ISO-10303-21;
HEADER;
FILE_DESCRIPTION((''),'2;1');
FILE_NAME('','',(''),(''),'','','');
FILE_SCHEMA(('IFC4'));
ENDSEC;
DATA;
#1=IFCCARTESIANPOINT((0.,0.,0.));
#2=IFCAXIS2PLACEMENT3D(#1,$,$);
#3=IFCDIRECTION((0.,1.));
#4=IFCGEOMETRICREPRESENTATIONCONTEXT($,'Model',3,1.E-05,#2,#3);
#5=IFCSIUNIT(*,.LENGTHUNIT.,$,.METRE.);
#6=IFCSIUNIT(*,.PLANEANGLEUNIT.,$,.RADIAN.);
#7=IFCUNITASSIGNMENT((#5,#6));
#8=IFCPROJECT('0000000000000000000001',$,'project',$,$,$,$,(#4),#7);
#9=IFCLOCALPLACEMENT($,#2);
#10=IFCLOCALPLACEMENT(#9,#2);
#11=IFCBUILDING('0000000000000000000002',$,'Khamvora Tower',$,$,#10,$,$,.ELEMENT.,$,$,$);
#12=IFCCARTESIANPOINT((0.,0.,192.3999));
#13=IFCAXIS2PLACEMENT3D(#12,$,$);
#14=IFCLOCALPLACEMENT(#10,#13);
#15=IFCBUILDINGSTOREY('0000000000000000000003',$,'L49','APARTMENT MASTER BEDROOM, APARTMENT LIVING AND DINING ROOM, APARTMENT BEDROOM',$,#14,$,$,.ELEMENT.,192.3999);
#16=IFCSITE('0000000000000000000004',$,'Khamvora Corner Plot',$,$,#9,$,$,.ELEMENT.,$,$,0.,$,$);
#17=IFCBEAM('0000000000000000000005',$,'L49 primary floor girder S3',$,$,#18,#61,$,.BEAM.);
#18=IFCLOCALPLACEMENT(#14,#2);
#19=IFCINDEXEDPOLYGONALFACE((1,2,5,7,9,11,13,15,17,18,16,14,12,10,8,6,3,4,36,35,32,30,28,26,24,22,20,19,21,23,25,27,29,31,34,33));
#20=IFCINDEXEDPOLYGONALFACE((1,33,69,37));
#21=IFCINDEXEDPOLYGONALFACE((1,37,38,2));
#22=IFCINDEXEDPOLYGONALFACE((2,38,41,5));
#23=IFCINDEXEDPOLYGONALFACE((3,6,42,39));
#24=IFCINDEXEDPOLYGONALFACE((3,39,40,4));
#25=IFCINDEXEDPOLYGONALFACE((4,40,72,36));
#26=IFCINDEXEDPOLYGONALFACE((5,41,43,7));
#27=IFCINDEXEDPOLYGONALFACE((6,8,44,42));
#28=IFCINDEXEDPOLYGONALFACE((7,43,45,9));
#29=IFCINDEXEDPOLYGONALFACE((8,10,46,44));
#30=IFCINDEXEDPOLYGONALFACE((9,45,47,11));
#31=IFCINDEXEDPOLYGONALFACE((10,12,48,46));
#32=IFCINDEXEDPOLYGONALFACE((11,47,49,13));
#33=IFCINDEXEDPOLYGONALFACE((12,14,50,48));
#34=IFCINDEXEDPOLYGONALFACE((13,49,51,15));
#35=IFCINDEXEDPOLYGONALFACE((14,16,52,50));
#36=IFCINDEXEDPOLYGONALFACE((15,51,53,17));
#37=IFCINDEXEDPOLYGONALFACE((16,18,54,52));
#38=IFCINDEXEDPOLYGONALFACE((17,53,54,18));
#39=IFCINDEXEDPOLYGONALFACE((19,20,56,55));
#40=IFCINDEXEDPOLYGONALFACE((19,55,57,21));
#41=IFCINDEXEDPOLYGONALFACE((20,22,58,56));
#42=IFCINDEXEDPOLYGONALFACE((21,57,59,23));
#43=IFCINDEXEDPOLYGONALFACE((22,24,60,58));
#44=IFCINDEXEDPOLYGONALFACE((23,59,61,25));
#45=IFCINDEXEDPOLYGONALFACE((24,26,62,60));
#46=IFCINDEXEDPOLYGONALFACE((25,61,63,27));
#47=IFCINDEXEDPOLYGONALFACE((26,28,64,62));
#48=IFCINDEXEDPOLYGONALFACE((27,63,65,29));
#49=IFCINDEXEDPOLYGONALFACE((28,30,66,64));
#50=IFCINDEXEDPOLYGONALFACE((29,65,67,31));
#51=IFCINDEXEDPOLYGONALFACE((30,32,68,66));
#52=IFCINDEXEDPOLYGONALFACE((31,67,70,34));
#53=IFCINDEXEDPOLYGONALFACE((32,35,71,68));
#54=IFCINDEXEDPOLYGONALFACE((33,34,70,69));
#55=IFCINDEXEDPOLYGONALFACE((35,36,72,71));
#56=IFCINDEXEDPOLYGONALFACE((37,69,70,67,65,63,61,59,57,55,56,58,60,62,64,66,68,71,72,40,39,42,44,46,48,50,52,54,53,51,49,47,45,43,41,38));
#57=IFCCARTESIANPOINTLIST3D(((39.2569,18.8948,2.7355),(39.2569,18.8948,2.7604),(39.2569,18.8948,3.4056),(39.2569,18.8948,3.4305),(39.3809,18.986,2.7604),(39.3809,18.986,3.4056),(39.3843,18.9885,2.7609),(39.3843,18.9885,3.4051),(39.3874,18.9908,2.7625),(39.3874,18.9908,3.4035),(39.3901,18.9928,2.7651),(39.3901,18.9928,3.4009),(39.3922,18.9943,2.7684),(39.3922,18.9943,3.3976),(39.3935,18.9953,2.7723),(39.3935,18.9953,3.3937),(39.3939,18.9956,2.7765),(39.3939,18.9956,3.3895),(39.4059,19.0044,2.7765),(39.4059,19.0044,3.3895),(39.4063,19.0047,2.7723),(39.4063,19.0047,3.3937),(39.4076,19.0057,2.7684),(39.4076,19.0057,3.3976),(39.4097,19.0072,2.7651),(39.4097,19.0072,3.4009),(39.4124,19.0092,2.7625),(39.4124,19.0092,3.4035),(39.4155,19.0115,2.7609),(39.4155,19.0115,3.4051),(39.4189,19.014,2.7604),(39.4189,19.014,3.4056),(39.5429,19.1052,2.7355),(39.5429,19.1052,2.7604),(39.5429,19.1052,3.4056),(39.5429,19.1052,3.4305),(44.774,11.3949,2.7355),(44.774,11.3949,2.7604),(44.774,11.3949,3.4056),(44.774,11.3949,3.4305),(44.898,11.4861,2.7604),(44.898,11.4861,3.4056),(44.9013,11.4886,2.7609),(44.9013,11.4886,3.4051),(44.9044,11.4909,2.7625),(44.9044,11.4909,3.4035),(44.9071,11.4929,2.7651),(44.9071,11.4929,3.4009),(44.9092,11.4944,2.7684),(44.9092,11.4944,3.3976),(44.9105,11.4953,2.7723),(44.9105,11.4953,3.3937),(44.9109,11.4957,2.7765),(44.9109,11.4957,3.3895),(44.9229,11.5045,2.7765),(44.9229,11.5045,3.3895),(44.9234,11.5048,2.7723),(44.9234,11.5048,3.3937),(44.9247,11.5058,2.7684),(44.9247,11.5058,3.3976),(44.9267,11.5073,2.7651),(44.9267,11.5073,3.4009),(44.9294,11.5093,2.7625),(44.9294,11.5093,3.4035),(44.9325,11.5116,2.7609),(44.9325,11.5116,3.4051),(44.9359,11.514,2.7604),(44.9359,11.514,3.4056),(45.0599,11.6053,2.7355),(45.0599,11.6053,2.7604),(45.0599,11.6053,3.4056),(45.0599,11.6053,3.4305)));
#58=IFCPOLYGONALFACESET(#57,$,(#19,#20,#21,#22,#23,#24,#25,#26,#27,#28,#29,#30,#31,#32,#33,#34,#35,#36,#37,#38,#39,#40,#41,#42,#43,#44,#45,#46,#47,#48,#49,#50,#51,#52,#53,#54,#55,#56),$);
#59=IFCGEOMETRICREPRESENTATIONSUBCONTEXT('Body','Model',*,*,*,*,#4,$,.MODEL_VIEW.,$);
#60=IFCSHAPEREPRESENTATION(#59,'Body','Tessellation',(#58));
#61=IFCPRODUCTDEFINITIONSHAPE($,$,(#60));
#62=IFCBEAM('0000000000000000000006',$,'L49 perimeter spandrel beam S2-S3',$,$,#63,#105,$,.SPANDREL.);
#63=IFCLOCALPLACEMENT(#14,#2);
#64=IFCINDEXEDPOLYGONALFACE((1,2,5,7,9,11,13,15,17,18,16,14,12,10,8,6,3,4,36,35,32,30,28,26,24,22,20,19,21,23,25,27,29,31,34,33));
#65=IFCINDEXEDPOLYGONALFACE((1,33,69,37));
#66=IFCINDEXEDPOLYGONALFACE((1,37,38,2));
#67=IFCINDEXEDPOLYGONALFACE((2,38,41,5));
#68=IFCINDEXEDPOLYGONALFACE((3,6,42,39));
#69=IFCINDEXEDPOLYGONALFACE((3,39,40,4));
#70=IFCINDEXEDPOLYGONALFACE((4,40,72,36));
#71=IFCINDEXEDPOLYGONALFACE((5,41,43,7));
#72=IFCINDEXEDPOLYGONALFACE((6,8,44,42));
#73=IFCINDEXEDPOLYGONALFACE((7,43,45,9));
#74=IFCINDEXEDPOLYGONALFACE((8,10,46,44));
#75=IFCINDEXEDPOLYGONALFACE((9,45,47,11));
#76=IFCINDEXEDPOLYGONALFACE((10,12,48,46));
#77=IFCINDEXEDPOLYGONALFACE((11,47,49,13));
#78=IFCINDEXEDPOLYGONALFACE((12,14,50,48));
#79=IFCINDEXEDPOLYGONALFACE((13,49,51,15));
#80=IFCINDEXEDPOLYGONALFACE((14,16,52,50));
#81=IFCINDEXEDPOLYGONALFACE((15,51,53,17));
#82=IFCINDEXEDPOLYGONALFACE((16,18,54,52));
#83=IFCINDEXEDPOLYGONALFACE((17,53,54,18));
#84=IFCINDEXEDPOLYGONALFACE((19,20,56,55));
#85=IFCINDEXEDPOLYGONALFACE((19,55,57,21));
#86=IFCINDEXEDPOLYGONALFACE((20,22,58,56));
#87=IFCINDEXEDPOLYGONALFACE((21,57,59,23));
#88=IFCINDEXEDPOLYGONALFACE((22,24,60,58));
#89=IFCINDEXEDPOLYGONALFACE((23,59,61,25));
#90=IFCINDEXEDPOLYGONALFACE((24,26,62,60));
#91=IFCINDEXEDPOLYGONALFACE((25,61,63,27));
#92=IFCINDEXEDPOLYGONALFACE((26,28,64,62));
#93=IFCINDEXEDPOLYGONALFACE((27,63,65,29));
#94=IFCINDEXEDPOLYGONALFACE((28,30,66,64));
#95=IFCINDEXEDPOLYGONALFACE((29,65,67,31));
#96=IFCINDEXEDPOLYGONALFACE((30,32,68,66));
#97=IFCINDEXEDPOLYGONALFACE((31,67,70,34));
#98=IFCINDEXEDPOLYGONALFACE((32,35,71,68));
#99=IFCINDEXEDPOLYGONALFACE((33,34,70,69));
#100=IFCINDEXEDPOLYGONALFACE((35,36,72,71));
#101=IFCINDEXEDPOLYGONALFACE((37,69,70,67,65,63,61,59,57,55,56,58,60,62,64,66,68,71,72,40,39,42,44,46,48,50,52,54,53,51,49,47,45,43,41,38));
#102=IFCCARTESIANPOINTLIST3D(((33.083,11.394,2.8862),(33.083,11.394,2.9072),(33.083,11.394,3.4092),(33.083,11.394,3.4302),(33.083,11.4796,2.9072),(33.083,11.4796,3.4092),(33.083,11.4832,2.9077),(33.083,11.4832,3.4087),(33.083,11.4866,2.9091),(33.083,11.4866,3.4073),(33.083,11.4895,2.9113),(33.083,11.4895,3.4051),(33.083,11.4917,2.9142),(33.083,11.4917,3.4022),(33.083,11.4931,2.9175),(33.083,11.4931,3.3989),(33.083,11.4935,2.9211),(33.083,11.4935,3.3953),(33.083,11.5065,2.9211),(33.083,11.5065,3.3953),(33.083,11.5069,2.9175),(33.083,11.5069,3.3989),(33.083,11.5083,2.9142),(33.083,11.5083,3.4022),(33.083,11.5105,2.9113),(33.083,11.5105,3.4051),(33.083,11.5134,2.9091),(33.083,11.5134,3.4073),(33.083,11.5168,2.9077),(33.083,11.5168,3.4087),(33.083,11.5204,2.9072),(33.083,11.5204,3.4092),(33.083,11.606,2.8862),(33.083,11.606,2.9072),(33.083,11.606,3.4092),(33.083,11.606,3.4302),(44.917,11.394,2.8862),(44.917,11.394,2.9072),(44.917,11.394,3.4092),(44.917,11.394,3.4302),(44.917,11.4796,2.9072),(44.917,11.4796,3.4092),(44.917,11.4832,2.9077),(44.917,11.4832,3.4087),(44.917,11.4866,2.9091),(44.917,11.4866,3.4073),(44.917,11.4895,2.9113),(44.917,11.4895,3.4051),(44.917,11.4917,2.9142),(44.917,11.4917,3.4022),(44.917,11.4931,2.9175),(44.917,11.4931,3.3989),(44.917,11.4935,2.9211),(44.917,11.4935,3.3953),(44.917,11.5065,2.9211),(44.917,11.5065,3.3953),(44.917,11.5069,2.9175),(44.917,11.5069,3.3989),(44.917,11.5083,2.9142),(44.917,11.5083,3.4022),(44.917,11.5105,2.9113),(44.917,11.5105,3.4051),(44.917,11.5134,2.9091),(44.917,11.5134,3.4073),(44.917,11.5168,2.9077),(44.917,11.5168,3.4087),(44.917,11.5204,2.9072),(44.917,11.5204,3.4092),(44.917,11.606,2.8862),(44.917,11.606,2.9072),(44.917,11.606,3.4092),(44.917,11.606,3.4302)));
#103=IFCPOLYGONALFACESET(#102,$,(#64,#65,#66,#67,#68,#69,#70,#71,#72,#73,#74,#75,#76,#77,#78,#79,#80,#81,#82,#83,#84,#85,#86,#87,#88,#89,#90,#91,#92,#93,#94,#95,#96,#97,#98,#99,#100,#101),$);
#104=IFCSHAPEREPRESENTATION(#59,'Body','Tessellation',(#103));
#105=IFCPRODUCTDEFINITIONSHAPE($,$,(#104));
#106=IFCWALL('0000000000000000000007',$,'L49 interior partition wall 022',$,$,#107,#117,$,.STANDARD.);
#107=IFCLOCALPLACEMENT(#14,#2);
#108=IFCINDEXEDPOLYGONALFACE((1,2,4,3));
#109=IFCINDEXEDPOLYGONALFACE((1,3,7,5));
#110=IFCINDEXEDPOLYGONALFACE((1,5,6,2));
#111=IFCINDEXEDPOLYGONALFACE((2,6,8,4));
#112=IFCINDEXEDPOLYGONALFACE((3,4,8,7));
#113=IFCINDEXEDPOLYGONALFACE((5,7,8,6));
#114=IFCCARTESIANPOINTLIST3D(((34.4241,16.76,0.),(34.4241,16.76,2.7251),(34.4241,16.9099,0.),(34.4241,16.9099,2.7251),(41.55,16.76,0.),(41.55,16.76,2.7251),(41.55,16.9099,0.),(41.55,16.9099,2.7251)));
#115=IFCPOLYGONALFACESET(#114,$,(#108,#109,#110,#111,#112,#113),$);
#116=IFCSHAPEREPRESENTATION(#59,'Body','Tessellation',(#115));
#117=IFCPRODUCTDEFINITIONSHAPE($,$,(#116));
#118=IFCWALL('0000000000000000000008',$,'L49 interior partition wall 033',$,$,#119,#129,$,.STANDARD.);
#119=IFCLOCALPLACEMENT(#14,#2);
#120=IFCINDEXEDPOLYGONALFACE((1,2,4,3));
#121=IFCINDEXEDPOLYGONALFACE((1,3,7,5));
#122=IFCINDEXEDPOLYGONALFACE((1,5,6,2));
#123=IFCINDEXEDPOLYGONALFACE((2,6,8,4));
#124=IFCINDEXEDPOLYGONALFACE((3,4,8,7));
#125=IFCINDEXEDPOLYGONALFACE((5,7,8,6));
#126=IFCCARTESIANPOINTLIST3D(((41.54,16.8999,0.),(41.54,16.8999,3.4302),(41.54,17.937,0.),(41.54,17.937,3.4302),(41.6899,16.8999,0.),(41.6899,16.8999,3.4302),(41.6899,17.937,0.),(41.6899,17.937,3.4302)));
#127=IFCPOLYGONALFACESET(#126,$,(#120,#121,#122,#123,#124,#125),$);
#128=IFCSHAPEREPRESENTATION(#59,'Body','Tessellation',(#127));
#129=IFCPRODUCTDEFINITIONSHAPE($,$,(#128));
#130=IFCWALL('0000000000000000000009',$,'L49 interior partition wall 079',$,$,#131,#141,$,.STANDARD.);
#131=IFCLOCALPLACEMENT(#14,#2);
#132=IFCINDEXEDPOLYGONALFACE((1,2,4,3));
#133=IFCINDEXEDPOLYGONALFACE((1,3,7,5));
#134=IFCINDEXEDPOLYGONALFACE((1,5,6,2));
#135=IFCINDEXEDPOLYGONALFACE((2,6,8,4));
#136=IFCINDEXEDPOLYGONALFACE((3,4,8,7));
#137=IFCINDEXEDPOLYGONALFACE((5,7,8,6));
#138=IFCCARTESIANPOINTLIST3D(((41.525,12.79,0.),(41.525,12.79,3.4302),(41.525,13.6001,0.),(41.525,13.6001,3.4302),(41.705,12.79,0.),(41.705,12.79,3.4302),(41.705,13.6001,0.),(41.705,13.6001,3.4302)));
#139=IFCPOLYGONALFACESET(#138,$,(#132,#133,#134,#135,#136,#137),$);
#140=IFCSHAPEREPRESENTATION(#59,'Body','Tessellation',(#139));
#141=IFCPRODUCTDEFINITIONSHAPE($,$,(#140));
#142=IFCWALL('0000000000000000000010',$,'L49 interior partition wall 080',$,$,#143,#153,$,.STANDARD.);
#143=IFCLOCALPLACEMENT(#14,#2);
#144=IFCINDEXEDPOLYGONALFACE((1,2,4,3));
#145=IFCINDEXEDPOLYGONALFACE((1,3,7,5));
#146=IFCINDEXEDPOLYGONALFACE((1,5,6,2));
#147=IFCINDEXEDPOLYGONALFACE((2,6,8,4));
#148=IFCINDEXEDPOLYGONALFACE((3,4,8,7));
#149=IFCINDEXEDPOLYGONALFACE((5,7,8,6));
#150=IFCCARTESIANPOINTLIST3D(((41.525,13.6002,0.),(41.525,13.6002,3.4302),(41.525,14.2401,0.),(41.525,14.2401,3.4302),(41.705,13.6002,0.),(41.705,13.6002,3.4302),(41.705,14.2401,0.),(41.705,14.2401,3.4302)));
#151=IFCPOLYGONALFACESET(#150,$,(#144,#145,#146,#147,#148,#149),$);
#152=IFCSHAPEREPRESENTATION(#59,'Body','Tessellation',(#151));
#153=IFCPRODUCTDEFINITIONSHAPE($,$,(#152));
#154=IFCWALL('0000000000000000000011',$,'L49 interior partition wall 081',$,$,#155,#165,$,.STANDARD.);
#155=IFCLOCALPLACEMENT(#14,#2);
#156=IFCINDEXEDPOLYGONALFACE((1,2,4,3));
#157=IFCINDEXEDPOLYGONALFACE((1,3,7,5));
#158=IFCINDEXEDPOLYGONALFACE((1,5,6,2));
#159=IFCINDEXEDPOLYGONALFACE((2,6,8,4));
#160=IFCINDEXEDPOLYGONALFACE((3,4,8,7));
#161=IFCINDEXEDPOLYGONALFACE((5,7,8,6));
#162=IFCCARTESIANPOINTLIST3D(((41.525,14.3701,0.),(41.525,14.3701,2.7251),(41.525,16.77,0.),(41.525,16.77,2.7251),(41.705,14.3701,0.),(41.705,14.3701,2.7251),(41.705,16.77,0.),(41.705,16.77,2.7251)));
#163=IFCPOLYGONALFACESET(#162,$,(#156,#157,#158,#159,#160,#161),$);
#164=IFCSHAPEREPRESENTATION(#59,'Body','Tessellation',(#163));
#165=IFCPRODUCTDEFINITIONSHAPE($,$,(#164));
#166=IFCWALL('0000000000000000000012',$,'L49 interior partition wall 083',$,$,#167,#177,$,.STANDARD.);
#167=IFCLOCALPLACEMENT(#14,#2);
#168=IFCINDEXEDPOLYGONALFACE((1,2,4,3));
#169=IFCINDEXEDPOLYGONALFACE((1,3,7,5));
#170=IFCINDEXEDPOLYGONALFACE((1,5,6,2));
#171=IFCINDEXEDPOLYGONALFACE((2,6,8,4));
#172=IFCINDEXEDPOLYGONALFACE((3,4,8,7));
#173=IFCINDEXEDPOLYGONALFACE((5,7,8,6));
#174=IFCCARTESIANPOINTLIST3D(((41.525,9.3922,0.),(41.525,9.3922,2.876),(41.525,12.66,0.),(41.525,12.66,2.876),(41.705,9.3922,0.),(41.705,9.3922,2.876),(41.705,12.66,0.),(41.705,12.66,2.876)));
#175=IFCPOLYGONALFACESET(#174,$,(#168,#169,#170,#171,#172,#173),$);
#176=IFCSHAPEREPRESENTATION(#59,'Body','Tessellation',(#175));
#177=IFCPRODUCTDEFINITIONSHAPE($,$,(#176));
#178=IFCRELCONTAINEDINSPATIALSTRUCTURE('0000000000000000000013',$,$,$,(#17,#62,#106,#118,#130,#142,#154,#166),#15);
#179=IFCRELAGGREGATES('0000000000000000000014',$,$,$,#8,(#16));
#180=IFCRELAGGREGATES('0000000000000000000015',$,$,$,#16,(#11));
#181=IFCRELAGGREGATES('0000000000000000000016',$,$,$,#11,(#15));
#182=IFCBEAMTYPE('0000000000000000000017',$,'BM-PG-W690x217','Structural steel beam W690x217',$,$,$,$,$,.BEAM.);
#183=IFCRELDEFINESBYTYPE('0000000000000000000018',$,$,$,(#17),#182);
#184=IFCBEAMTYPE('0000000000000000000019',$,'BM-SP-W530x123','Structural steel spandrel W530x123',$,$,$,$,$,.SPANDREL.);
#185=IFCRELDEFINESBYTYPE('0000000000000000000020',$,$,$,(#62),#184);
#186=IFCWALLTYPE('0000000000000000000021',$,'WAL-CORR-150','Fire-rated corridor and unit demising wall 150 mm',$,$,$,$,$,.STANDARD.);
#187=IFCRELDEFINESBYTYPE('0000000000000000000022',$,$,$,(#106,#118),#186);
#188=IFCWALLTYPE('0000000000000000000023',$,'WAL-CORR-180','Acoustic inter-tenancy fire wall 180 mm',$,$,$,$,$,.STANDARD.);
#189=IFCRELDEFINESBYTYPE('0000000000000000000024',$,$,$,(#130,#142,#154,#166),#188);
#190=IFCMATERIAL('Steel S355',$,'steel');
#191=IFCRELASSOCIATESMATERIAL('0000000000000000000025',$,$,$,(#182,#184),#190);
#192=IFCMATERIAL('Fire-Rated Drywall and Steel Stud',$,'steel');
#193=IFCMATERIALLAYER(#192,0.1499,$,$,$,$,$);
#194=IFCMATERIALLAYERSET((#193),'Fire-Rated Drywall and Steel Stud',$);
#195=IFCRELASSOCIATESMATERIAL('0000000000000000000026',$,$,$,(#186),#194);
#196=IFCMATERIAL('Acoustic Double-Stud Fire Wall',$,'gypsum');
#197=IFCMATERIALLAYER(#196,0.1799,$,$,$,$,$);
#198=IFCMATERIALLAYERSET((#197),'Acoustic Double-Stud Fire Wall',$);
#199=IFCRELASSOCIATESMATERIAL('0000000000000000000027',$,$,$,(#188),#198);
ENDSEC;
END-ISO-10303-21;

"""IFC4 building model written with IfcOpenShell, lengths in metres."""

from ifc_helpers import new_model, si_unit, direction, frame, frame_2d, origin, origin_2d, place, context, subcontext, project, spatial, rectangle, i_section, extrude, material, layer, layer_set, material_profile, profile_set, type_object, element, save


model = new_model("IFC4")

# Units and contexts
model_context = context("Model", 3, precision=1e-05, world=origin(), true_north=direction((0.0, 1.0)))
body_context = subcontext(model_context, "Body", "Model", "MODEL_VIEW")
ifc_project = project(units=[si_unit("LENGTHUNIT", "METRE"), si_unit("PLANEANGLEUNIT", "RADIAN")], contexts=[model_context])

# Site, building, storey
site_placement = place(None, origin())
site = spatial("IfcSite", under=ifc_project, at=site_placement, Name="Khamvora Corner Plot", CompositionType="ELEMENT", RefElevation=0.0)
building_placement = place(site_placement, origin())
building = spatial("IfcBuilding", under=site, at=building_placement, Name="Khamvora Tower", CompositionType="ELEMENT")
storey_placement = place(building_placement, frame((0.0, 0.0, 192.3999)))
storey = spatial("IfcBuildingStorey", under=building, at=storey_placement, Name="L49", Description="APARTMENT MASTER BEDROOM, APARTMENT LIVING AND DINING ROOM, APARTMENT BEDROOM", CompositionType="ELEMENT", Elevation=192.3999)

# Shared definitions
ifc_material_1 = material(Name="Steel S355", Category="steel")

# Beams
ifc_material_profile_1 = material_profile(ifc_material_1, i_section(OverallWidth=0.355, OverallDepth=0.6951, WebThickness=0.0149, FlangeThickness=0.0249, FilletRadius=0.0161, at=origin_2d()), Name="W690x217")
ifc_profile_set_1 = profile_set([ifc_material_profile_1], Name="Steel S355")
beam_type_1 = type_object("IfcBeamType", Name="BM-PG-W690x217", Description="Structural steel beam W690x217", PredefinedType="BEAM", material=ifc_profile_set_1)
beam_1_placement = place(storey_placement, frame((39.3999, 19.0, 3.083), z_axis=(0.592557, -0.805529, 0.0), x_axis=(0.805529, 0.592557, 0.0)))
element("IfcBeam", 1, at=beam_1_placement, inside=storey, type_object=beam_type_1, Name="L49 primary floor girder S3", PredefinedType="BEAM", context=body_context, shape_type="SweptSolid", body=[
    extrude(i_section(OverallWidth=0.355, OverallDepth=0.6951, WebThickness=0.0149, FlangeThickness=0.0249, FilletRadius=0.0161, at=origin_2d()), origin(), (0.0, 0.0, 1.0), 9.3105),
])
ifc_material_profile_2 = material_profile(ifc_material_1, i_section(OverallWidth=0.2119, OverallDepth=0.5439, WebThickness=0.0129, FlangeThickness=0.021, FilletRadius=0.0139, at=origin_2d()), Name="W530x123")
ifc_profile_set_2 = profile_set([ifc_material_profile_2], Name="Steel S355")
beam_type_2 = type_object("IfcBeamType", Name="BM-SP-W530x123", Description="Structural steel spandrel W530x123", PredefinedType="SPANDREL", material=ifc_profile_set_2)
beam_2_placement = place(storey_placement, frame((33.083, 11.5, 3.1582), z_axis=(1.0, 0.0, 0.0), x_axis=(0.0, 1.0, 0.0)))
element("IfcBeam", 2, at=beam_2_placement, inside=storey, type_object=beam_type_2, Name="L49 perimeter spandrel beam S2-S3", PredefinedType="SPANDREL", context=body_context, shape_type="SweptSolid", body=[
    extrude(i_section(OverallWidth=0.2119, OverallDepth=0.5439, WebThickness=0.0129, FlangeThickness=0.021, FilletRadius=0.0139, at=origin_2d()), origin(), (0.0, 0.0, 1.0), 11.834),
])

# Shared definitions
ifc_material_2 = material(Name="Fire-Rated Drywall and Steel Stud", Category="steel")
ifc_layer_1 = layer(ifc_material_2, 0.1499)
ifc_layer_set_1 = layer_set([ifc_layer_1], Name="Fire-Rated Drywall and Steel Stud")
wall_type_1 = type_object("IfcWallType", Name="WAL-CORR-150", Description="Fire-rated corridor and unit demising wall 150 mm", PredefinedType="STANDARD", material=ifc_layer_set_1)

# Walls
wall_1_placement = place(storey_placement, frame((41.55, 16.835, 0.0), z_axis=(0.0, 0.0, 1.0), x_axis=(-1.0, 0.0, 0.0)))
element("IfcWall", 3, at=wall_1_placement, inside=storey, type_object=wall_type_1, Name="L49 interior partition wall 022", PredefinedType="STANDARD", context=body_context, shape_type="SweptSolid", body=[
    extrude(rectangle(XDim=7.126, YDim=0.1499, at=frame_2d((3.563, 0.0))), origin(), (0.0, 0.0, 1.0), 2.7251),
])
wall_2_placement = place(storey_placement, frame((41.615, 17.937, 0.0), z_axis=(0.0, 0.0, 1.0), x_axis=(0.0, -1.0, 0.0)))
element("IfcWall", 4, at=wall_2_placement, inside=storey, type_object=wall_type_1, Name="L49 interior partition wall 033", PredefinedType="STANDARD", context=body_context, shape_type="SweptSolid", body=[
    extrude(rectangle(XDim=1.0371, YDim=0.1499, at=frame_2d((0.5186, 0.0))), origin(), (0.0, 0.0, 1.0), 3.4302),
])
ifc_material_3 = material(Name="Acoustic Double-Stud Fire Wall", Category="gypsum")
ifc_layer_2 = layer(ifc_material_3, 0.1799)
ifc_layer_set_2 = layer_set([ifc_layer_2], Name="Acoustic Double-Stud Fire Wall")
wall_type_2 = type_object("IfcWallType", Name="WAL-CORR-180", Description="Acoustic inter-tenancy fire wall 180 mm", PredefinedType="STANDARD", material=ifc_layer_set_2)
wall_3_placement = place(storey_placement, frame((41.615, 13.6001, 0.0), z_axis=(0.0, 0.0, 1.0), x_axis=(0.0, -1.0, 0.0)))
element("IfcWall", 5, at=wall_3_placement, inside=storey, type_object=wall_type_2, Name="L49 interior partition wall 079", PredefinedType="STANDARD", context=body_context, shape_type="SweptSolid", body=[
    extrude(rectangle(XDim=0.8101, YDim=0.1799, at=frame_2d((0.405, 0.0))), origin(), (0.0, 0.0, 1.0), 3.4302),
])
wall_4_placement = place(storey_placement, frame((41.615, 14.24, 0.0), z_axis=(0.0, 0.0, 1.0), x_axis=(0.0, -1.0, 0.0)))
element("IfcWall", 6, at=wall_4_placement, inside=storey, type_object=wall_type_2, Name="L49 interior partition wall 080", PredefinedType="STANDARD", context=body_context, shape_type="SweptSolid", body=[
    extrude(rectangle(XDim=0.6399, YDim=0.1799, at=frame_2d((0.3198, 0.0))), origin(), (0.0, 0.0, 1.0), 3.4302),
])
wall_5_placement = place(storey_placement, frame((41.615, 16.77, 0.0), z_axis=(0.0, 0.0, 1.0), x_axis=(0.0, -1.0, 0.0)))
element("IfcWall", 7, at=wall_5_placement, inside=storey, type_object=wall_type_2, Name="L49 interior partition wall 081", PredefinedType="STANDARD", context=body_context, shape_type="SweptSolid", body=[
    extrude(rectangle(XDim=2.3999, YDim=0.1799, at=frame_2d((1.2, 0.0))), origin(), (0.0, 0.0, 1.0), 2.7251),
])
wall_6_placement = place(storey_placement, frame((41.615, 12.6599, 0.0), z_axis=(0.0, 0.0, 1.0), x_axis=(0.0, -1.0, 0.0)))
element("IfcWall", 8, at=wall_6_placement, inside=storey, type_object=wall_type_2, Name="L49 interior partition wall 083", PredefinedType="STANDARD", context=body_context, shape_type="SweptSolid", body=[
    extrude(rectangle(XDim=3.2678, YDim=0.1799, at=frame_2d((1.6338, 0.0))), origin(), (0.0, 0.0, 1.0), 2.876),
])

save(model, "model.ifc")
